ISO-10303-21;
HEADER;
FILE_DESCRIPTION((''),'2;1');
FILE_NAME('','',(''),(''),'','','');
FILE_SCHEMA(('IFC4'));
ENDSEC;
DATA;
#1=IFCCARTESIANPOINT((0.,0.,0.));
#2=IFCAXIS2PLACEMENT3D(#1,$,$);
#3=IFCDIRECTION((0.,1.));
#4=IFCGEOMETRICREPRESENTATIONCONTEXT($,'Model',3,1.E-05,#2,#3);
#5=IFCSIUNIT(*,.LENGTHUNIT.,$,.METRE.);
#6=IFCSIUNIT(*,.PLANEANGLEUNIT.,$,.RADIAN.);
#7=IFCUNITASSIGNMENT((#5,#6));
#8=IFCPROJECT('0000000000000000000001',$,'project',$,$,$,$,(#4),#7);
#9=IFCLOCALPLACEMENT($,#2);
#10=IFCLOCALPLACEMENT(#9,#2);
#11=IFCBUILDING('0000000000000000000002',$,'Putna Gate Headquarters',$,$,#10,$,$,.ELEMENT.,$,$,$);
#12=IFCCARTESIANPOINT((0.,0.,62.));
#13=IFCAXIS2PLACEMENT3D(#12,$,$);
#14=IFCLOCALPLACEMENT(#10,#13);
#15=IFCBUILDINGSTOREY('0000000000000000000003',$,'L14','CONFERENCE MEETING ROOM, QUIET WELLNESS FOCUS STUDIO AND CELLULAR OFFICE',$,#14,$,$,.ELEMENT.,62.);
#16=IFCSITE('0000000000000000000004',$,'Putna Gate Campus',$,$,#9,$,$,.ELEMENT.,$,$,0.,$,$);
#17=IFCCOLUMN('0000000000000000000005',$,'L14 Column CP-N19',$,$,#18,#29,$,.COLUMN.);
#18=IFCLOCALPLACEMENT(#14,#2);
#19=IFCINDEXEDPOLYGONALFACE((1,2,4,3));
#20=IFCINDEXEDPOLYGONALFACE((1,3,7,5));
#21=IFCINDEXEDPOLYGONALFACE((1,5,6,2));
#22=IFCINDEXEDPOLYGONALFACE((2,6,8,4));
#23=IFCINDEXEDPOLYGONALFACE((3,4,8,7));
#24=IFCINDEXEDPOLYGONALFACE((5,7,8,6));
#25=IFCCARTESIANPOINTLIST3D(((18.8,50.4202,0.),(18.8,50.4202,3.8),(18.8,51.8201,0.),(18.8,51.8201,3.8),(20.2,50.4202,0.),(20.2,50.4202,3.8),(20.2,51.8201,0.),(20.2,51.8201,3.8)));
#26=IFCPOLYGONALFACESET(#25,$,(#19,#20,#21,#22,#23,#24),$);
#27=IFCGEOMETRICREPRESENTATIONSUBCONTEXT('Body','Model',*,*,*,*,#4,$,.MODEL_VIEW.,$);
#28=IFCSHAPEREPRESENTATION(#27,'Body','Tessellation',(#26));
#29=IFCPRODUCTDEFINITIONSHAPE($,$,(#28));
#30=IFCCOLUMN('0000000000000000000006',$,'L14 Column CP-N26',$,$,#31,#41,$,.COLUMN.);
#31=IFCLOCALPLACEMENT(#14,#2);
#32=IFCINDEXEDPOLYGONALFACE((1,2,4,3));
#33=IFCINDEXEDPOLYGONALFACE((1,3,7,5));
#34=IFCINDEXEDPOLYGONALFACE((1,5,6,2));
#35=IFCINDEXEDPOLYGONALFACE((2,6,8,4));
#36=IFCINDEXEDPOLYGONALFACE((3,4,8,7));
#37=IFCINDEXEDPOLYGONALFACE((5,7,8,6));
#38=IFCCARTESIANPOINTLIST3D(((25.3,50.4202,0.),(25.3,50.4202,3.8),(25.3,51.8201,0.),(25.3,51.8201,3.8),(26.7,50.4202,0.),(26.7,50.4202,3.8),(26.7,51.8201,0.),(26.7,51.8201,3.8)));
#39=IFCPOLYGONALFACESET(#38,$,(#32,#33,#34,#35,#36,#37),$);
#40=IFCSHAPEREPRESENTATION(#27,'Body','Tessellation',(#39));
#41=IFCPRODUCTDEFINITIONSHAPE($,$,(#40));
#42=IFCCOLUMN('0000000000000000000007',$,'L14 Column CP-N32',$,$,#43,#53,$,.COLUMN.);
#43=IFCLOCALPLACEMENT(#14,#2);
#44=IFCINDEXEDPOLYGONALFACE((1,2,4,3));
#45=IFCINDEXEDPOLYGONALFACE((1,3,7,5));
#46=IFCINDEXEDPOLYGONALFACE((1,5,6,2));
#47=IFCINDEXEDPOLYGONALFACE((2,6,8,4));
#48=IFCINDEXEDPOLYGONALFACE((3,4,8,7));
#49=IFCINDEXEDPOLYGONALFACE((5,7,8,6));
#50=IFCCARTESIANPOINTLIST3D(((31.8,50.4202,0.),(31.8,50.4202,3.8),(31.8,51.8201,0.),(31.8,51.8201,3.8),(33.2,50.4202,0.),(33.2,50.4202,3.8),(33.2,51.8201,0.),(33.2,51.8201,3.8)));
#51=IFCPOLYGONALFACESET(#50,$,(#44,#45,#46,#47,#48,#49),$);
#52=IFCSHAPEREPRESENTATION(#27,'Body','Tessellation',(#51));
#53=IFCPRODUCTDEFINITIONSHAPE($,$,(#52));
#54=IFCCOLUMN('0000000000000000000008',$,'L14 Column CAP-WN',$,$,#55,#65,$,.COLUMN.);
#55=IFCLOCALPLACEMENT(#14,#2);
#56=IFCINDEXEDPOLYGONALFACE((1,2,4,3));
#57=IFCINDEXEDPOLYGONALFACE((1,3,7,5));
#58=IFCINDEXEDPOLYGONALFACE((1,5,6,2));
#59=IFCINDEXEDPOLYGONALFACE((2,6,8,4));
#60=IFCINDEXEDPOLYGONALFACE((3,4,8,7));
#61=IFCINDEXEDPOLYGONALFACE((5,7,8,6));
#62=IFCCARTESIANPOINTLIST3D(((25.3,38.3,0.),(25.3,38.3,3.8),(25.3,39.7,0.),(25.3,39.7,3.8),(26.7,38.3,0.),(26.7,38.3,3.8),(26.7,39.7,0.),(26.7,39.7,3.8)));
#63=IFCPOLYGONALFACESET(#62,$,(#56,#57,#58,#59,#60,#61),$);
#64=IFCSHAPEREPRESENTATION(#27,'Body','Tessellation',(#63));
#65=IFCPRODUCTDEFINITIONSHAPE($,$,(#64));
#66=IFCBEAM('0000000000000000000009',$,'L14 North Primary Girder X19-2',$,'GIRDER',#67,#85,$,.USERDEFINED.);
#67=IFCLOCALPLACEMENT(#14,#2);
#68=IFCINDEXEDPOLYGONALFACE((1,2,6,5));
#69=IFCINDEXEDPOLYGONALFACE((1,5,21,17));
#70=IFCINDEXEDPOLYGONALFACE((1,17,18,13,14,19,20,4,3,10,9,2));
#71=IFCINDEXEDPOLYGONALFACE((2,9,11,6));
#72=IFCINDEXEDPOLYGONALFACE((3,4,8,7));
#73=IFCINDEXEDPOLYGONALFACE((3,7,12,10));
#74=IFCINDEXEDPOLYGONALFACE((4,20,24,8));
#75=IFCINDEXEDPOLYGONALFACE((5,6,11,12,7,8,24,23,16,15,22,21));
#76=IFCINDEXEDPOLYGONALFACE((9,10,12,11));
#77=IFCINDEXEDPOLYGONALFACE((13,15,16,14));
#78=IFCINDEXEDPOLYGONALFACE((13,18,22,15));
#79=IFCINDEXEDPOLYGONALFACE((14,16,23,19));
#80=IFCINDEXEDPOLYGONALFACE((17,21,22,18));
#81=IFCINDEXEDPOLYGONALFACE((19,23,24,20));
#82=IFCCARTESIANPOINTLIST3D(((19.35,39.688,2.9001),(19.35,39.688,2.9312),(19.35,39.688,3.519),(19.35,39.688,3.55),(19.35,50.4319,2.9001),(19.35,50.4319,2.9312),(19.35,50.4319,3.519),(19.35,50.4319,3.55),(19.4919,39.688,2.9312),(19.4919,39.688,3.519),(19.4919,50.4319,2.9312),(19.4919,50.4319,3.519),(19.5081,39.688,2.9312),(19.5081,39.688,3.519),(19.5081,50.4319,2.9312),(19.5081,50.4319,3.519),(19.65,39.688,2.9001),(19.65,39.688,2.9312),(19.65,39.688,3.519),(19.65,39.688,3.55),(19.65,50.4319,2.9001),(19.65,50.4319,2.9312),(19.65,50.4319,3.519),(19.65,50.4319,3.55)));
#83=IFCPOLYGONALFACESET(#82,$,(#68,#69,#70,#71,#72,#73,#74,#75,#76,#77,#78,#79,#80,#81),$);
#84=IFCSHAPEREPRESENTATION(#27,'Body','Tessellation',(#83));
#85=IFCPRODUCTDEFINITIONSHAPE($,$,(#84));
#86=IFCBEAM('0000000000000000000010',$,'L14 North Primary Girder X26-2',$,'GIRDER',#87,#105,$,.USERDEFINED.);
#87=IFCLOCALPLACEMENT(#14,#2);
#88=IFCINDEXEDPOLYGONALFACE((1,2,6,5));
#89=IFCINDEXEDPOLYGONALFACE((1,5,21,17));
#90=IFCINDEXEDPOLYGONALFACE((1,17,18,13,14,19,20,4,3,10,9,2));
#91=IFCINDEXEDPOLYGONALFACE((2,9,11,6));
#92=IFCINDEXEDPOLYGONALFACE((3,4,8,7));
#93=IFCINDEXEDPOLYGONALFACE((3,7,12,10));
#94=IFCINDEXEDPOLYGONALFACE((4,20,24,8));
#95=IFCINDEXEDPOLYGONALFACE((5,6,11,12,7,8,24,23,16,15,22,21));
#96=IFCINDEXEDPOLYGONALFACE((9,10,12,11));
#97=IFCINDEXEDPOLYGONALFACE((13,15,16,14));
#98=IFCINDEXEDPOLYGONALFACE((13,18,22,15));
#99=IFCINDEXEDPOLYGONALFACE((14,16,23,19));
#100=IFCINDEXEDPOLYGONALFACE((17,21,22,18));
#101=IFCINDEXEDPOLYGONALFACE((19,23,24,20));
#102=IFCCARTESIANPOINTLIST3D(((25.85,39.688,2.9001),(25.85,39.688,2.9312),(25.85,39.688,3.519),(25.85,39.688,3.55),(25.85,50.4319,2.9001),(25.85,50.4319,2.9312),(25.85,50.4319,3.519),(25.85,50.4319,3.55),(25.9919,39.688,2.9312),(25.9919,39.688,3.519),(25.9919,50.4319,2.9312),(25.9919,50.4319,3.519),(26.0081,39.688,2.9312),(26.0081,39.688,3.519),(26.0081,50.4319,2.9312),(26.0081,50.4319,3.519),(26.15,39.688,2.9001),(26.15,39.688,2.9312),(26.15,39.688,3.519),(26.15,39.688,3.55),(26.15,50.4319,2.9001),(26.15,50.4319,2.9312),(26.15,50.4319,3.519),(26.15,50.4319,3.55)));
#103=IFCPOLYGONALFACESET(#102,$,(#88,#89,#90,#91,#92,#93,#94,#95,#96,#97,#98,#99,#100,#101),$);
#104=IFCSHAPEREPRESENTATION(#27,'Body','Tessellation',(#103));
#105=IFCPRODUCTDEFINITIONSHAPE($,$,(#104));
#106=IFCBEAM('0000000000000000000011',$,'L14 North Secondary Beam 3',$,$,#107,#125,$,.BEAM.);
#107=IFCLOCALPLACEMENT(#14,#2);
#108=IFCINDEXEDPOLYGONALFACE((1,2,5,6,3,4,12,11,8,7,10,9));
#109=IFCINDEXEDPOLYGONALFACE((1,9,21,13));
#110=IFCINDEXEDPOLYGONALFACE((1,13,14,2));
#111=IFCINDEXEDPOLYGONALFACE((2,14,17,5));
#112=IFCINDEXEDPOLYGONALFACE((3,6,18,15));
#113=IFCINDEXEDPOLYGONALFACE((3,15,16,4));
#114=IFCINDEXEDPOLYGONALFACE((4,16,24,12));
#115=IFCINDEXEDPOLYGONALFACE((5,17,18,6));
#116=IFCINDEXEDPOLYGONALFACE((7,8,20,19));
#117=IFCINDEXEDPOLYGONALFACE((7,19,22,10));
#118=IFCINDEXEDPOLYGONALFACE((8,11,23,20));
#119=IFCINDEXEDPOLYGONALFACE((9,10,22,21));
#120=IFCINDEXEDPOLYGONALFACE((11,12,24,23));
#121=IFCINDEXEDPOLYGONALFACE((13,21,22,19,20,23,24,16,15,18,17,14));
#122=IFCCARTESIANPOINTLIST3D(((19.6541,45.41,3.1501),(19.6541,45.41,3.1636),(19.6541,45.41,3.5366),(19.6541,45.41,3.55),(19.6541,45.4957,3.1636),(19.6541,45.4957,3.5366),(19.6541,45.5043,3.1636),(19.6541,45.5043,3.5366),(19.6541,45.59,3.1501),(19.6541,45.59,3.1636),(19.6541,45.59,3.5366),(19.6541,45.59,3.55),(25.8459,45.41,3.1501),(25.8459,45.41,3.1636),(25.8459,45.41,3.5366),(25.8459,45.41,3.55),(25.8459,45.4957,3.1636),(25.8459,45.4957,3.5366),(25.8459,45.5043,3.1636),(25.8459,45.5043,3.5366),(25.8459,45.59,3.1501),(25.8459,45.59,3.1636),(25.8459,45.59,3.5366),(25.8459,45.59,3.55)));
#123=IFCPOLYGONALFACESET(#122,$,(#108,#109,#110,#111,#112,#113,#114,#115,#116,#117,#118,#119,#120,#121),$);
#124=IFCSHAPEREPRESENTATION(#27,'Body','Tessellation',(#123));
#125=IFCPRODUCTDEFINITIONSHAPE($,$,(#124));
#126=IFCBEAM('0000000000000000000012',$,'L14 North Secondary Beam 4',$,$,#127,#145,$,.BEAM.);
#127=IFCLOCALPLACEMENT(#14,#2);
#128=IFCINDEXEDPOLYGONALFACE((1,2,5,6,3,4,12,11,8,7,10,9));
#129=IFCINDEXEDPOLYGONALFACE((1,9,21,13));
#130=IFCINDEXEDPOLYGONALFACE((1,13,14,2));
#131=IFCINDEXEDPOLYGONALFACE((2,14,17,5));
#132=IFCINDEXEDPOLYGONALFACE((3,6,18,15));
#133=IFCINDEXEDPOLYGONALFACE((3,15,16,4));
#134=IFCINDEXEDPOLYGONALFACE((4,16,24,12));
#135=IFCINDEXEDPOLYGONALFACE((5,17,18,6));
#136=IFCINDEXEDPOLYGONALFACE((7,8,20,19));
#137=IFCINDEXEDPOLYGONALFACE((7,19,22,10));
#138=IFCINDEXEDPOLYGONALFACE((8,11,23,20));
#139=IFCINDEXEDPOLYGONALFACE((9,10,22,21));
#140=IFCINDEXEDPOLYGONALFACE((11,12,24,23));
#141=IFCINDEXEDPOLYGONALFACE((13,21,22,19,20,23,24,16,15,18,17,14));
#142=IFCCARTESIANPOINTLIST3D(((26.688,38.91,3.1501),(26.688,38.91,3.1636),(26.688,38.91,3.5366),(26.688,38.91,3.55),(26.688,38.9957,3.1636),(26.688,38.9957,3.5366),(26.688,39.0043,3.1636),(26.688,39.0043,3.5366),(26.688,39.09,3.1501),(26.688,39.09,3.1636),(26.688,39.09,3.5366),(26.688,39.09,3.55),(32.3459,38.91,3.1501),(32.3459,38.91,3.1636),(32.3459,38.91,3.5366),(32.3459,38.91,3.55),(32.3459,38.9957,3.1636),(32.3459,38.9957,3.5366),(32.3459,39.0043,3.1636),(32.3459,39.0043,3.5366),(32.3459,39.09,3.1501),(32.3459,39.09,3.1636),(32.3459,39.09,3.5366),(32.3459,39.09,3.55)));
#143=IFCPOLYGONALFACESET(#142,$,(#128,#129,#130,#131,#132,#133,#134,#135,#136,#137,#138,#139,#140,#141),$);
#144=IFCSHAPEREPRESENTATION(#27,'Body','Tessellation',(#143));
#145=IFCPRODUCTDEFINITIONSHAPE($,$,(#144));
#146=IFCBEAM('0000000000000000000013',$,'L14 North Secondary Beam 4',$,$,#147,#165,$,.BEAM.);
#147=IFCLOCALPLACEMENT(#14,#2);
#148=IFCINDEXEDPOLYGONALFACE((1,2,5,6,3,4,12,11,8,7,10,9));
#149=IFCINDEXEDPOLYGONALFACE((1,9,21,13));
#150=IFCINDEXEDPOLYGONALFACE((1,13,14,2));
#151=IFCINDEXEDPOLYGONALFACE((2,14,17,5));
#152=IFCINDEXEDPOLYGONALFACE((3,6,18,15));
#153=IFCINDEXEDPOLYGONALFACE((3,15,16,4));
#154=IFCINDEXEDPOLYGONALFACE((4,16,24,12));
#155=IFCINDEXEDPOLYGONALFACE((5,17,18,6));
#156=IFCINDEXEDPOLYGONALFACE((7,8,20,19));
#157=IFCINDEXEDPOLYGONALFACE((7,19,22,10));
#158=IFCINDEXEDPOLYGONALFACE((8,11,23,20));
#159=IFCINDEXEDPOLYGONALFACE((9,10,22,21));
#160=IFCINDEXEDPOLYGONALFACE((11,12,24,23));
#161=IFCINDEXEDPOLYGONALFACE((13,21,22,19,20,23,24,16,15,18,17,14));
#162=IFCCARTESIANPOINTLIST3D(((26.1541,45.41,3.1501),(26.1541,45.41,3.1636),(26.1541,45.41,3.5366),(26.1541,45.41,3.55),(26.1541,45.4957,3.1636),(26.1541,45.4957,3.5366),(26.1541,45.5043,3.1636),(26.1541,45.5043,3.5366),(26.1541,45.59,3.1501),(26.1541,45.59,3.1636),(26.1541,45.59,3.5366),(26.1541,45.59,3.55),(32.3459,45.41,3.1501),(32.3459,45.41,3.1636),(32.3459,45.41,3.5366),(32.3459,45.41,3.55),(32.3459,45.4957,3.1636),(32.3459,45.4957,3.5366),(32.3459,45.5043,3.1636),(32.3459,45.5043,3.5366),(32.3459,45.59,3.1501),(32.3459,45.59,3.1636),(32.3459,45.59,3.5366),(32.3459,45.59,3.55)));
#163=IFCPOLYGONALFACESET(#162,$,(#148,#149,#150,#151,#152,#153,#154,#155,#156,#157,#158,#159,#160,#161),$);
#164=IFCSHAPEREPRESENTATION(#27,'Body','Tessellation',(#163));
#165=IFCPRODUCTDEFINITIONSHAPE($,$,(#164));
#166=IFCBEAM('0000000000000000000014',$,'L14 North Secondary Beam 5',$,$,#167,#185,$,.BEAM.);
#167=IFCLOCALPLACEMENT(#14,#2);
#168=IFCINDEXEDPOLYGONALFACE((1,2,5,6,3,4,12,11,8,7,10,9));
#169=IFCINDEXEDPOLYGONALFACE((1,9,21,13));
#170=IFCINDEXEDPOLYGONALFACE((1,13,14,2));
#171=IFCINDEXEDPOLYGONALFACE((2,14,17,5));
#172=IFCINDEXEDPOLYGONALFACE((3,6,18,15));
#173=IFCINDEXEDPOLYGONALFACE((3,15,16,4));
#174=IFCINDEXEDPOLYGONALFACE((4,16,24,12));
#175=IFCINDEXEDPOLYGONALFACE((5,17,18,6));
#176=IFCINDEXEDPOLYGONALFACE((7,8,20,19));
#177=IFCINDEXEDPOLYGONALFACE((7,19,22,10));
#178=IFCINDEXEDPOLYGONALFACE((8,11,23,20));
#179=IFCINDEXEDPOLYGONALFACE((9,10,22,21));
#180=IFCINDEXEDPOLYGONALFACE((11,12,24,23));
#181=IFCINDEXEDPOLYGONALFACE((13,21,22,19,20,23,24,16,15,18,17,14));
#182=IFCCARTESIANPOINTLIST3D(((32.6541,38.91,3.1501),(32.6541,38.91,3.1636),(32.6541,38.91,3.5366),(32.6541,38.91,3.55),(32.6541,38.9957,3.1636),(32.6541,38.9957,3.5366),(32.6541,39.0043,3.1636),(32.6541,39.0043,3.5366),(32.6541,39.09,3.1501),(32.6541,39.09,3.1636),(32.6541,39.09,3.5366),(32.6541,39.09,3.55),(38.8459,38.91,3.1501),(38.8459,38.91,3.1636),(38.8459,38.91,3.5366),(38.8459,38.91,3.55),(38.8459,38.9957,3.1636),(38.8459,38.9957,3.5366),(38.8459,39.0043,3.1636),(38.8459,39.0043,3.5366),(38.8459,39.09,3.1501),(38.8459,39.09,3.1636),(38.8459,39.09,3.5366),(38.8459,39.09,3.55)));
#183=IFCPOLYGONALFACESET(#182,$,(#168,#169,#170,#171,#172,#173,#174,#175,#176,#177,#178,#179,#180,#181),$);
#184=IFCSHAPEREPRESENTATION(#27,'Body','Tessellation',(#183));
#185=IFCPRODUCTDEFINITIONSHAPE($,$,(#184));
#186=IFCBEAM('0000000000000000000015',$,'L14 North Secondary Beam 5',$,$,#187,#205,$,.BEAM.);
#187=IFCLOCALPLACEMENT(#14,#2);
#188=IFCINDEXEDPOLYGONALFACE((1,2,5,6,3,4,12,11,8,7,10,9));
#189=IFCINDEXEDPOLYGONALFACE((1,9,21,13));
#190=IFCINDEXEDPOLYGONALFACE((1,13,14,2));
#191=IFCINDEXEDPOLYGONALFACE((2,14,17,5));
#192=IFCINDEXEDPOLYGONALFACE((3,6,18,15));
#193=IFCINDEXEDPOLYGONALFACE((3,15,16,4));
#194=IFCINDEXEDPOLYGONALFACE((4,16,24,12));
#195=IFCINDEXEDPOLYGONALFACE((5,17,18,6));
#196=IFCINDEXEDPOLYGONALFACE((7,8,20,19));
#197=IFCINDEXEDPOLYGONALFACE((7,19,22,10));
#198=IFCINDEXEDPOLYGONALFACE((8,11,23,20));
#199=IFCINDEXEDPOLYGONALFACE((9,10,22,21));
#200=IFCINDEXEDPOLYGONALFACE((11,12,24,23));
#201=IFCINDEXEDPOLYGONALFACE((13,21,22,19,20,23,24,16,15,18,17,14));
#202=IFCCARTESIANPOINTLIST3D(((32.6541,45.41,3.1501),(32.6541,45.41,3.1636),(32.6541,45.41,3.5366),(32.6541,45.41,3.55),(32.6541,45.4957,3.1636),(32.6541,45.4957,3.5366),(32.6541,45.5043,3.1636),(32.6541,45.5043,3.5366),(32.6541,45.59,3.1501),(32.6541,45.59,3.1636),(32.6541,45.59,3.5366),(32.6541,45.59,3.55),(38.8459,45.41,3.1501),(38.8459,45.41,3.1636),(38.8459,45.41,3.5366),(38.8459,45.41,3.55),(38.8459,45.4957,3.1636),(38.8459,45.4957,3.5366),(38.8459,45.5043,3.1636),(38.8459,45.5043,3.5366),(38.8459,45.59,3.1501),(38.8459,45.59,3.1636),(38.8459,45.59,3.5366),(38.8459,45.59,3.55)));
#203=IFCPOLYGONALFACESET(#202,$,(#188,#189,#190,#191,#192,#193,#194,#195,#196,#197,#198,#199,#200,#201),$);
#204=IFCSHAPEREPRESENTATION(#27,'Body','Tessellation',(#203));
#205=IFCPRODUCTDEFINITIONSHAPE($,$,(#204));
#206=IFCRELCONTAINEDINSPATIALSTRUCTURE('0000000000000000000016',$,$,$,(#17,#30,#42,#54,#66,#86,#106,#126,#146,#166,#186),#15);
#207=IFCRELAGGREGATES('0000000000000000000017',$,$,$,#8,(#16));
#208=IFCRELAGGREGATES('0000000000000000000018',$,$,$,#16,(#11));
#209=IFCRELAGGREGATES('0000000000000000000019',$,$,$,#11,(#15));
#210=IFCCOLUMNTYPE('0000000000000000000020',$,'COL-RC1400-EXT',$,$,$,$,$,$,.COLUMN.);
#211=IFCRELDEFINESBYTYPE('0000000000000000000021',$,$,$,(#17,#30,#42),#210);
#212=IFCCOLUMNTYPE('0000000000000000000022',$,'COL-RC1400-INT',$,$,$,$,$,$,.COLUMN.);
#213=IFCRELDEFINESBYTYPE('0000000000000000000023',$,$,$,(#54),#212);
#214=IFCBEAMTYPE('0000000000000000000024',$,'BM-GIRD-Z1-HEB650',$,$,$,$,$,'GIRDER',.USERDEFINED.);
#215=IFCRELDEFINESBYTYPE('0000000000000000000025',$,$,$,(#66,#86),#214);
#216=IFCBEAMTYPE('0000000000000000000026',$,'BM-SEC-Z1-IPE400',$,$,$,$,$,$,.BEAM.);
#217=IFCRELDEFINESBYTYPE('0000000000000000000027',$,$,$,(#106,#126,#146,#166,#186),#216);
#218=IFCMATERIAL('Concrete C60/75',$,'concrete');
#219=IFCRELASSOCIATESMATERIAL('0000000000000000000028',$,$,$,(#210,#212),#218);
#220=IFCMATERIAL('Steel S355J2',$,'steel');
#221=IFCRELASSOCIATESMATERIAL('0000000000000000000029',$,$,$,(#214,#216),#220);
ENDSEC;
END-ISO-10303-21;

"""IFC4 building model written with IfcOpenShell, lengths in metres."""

from ifc_helpers import new_model, si_unit, direction, frame, origin, origin_2d, place, context, subcontext, project, spatial, rectangle, i_section, extrude, material, material_profile, profile_set, type_object, element, save


model = new_model("IFC4")

# Units and contexts
model_context = context("Model", 3, precision=1e-05, world=origin(), true_north=direction((0.0, 1.0)))
body_context = subcontext(model_context, "Body", "Model", "MODEL_VIEW")
ifc_project = project(units=[si_unit("LENGTHUNIT", "METRE"), si_unit("PLANEANGLEUNIT", "RADIAN")], contexts=[model_context])

# Site, building, storey
site_placement = place(None, origin())
site = spatial("IfcSite", under=ifc_project, at=site_placement, Name="Putna Gate Campus", CompositionType="ELEMENT", RefElevation=0.0)
building_placement = place(site_placement, origin())
building = spatial("IfcBuilding", under=site, at=building_placement, Name="Putna Gate Headquarters", CompositionType="ELEMENT")
storey_placement = place(building_placement, frame((0.0, 0.0, 62.0)))
storey = spatial("IfcBuildingStorey", under=building, at=storey_placement, Name="L14", Description="CONFERENCE MEETING ROOM, QUIET WELLNESS FOCUS STUDIO AND CELLULAR OFFICE", CompositionType="ELEMENT", Elevation=62.0)

# Columns
ifc_material_1 = material(Name="Concrete C60/75", Category="concrete")
ifc_material_profile_1 = material_profile(ifc_material_1, rectangle(XDim=1.3999, YDim=1.3999, at=origin_2d()), Name="Concrete C60/75")
ifc_profile_set_1 = profile_set([ifc_material_profile_1], Name="Concrete C60/75")
column_type_1 = type_object("IfcColumnType", Name="COL-RC1400-EXT", PredefinedType="COLUMN", material=ifc_profile_set_1)
for number, where, z_axis, x_axis, name in (
    (1, (19.5, 51.1201, 0.0), (0.0, 0.0, 1.0), (1.0, 0.0, 0.0), "L14 Column CP-N19"),
    (2, (26.0, 51.1201, 0.0), (0.0, 0.0, 1.0), (1.0, 0.0, 0.0), "L14 Column CP-N26"),
    (3, (32.5, 51.1201, 0.0), (0.0, 0.0, 1.0), (1.0, 0.0, 0.0), "L14 Column CP-N32"),
):
    element("IfcColumn", number, at=place(storey_placement, frame(where, z_axis=z_axis, x_axis=x_axis)), inside=storey, type_object=column_type_1, Name=name, PredefinedType="COLUMN", context=body_context, shape_type="SweptSolid", body=[
        extrude(rectangle(XDim=1.3999, YDim=1.3999, at=origin_2d()), origin(), (0.0, 0.0, 1.0), 3.8),
    ])
ifc_material_profile_2 = material_profile(ifc_material_1, rectangle(XDim=1.3999, YDim=1.3999, at=origin_2d()), Name="Concrete C60/75")
ifc_profile_set_2 = profile_set([ifc_material_profile_2], Name="Concrete C60/75")
column_type_2 = type_object("IfcColumnType", Name="COL-RC1400-INT", PredefinedType="COLUMN", material=ifc_profile_set_2)
column_placement = place(storey_placement, frame((26.0, 39.0, 0.0), z_axis=(0.0, 0.0, 1.0), x_axis=(1.0, 0.0, 0.0)))
element("IfcColumn", 4, at=column_placement, inside=storey, type_object=column_type_2, Name="L14 Column CAP-WN", PredefinedType="COLUMN", context=body_context, shape_type="SweptSolid", body=[
    extrude(rectangle(XDim=1.3999, YDim=1.3999, at=origin_2d()), origin(), (0.0, 0.0, 1.0), 3.8),
])

# Beams
ifc_material_2 = material(Name="Steel S355J2", Category="steel")
ifc_material_profile_3 = material_profile(ifc_material_2, i_section(OverallWidth=0.3, OverallDepth=0.6499, WebThickness=0.0161, FlangeThickness=0.031, at=origin_2d()), Name="Steel S355J2")
ifc_profile_set_3 = profile_set([ifc_material_profile_3], Name="Steel S355J2")
beam_type_1 = type_object("IfcBeamType", Name="BM-GIRD-Z1-HEB650", ElementType="GIRDER", PredefinedType="USERDEFINED", material=ifc_profile_set_3)
for number, where, z_axis, x_axis, name in (
    (5, (19.5, 39.688, 3.2251), (0.0, 1.0, 0.0), (-1.0, 0.0, 0.0), "L14 North Primary Girder X19-2"),
    (6, (26.0, 39.688, 3.2251), (0.0, 1.0, 0.0), (-1.0, 0.0, 0.0), "L14 North Primary Girder X26-2"),
):
    element("IfcBeam", number, at=place(storey_placement, frame(where, z_axis=z_axis, x_axis=x_axis)), inside=storey, type_object=beam_type_1, Name=name, ObjectType="GIRDER", PredefinedType="USERDEFINED", context=body_context, shape_type="SweptSolid", body=[
        extrude(i_section(OverallWidth=0.3, OverallDepth=0.6499, WebThickness=0.0161, FlangeThickness=0.031, at=origin_2d()), origin(), (0.0, 0.0, 1.0), 10.7439),
    ])
ifc_material_profile_4 = material_profile(ifc_material_2, i_section(OverallWidth=0.1799, OverallDepth=0.3999, WebThickness=0.0085, FlangeThickness=0.0134, at=origin_2d()), Name="Steel S355J2")
ifc_profile_set_4 = profile_set([ifc_material_profile_4], Name="Steel S355J2")
beam_type_2 = type_object("IfcBeamType", Name="BM-SEC-Z1-IPE400", PredefinedType="BEAM", material=ifc_profile_set_4)
beam_1_placement = place(storey_placement, frame((19.6541, 45.5, 3.3501), z_axis=(1.0, 0.0, 0.0), x_axis=(0.0, 1.0, 0.0)))
element("IfcBeam", 7, at=beam_1_placement, inside=storey, type_object=beam_type_2, Name="L14 North Secondary Beam 3", PredefinedType="BEAM", context=body_context, shape_type="SweptSolid", body=[
    extrude(i_section(OverallWidth=0.1799, OverallDepth=0.3999, WebThickness=0.0085, FlangeThickness=0.0134, at=origin_2d()), origin(), (0.0, 0.0, 1.0), 6.1919),
])
beam_2_placement = place(storey_placement, frame((26.688, 39.0, 3.3501), z_axis=(1.0, 0.0, 0.0), x_axis=(0.0, 1.0, 0.0)))
element("IfcBeam", 8, at=beam_2_placement, inside=storey, type_object=beam_type_2, Name="L14 North Secondary Beam 4", PredefinedType="BEAM", context=body_context, shape_type="SweptSolid", body=[
    extrude(i_section(OverallWidth=0.1799, OverallDepth=0.3999, WebThickness=0.0085, FlangeThickness=0.0134, at=origin_2d()), origin(), (0.0, 0.0, 1.0), 5.658),
])
for number, where, z_axis, x_axis, name in (
    (9, (26.1541, 45.5, 3.3501), (1.0, 0.0, 0.0), (0.0, 1.0, 0.0), "L14 North Secondary Beam 4"),
    (10, (32.6541, 39.0, 3.3501), (1.0, 0.0, 0.0), (0.0, 1.0, 0.0), "L14 North Secondary Beam 5"),
    (11, (32.6541, 45.5, 3.3501), (1.0, 0.0, 0.0), (0.0, 1.0, 0.0), "L14 North Secondary Beam 5"),
):
    element("IfcBeam", number, at=place(storey_placement, frame(where, z_axis=z_axis, x_axis=x_axis)), inside=storey, type_object=beam_type_2, Name=name, PredefinedType="BEAM", context=body_context, shape_type="SweptSolid", body=[
        extrude(i_section(OverallWidth=0.1799, OverallDepth=0.3999, WebThickness=0.0085, FlangeThickness=0.0134, at=origin_2d()), origin(), (0.0, 0.0, 1.0), 6.1919),
    ])

save(model, "model.ifc")
